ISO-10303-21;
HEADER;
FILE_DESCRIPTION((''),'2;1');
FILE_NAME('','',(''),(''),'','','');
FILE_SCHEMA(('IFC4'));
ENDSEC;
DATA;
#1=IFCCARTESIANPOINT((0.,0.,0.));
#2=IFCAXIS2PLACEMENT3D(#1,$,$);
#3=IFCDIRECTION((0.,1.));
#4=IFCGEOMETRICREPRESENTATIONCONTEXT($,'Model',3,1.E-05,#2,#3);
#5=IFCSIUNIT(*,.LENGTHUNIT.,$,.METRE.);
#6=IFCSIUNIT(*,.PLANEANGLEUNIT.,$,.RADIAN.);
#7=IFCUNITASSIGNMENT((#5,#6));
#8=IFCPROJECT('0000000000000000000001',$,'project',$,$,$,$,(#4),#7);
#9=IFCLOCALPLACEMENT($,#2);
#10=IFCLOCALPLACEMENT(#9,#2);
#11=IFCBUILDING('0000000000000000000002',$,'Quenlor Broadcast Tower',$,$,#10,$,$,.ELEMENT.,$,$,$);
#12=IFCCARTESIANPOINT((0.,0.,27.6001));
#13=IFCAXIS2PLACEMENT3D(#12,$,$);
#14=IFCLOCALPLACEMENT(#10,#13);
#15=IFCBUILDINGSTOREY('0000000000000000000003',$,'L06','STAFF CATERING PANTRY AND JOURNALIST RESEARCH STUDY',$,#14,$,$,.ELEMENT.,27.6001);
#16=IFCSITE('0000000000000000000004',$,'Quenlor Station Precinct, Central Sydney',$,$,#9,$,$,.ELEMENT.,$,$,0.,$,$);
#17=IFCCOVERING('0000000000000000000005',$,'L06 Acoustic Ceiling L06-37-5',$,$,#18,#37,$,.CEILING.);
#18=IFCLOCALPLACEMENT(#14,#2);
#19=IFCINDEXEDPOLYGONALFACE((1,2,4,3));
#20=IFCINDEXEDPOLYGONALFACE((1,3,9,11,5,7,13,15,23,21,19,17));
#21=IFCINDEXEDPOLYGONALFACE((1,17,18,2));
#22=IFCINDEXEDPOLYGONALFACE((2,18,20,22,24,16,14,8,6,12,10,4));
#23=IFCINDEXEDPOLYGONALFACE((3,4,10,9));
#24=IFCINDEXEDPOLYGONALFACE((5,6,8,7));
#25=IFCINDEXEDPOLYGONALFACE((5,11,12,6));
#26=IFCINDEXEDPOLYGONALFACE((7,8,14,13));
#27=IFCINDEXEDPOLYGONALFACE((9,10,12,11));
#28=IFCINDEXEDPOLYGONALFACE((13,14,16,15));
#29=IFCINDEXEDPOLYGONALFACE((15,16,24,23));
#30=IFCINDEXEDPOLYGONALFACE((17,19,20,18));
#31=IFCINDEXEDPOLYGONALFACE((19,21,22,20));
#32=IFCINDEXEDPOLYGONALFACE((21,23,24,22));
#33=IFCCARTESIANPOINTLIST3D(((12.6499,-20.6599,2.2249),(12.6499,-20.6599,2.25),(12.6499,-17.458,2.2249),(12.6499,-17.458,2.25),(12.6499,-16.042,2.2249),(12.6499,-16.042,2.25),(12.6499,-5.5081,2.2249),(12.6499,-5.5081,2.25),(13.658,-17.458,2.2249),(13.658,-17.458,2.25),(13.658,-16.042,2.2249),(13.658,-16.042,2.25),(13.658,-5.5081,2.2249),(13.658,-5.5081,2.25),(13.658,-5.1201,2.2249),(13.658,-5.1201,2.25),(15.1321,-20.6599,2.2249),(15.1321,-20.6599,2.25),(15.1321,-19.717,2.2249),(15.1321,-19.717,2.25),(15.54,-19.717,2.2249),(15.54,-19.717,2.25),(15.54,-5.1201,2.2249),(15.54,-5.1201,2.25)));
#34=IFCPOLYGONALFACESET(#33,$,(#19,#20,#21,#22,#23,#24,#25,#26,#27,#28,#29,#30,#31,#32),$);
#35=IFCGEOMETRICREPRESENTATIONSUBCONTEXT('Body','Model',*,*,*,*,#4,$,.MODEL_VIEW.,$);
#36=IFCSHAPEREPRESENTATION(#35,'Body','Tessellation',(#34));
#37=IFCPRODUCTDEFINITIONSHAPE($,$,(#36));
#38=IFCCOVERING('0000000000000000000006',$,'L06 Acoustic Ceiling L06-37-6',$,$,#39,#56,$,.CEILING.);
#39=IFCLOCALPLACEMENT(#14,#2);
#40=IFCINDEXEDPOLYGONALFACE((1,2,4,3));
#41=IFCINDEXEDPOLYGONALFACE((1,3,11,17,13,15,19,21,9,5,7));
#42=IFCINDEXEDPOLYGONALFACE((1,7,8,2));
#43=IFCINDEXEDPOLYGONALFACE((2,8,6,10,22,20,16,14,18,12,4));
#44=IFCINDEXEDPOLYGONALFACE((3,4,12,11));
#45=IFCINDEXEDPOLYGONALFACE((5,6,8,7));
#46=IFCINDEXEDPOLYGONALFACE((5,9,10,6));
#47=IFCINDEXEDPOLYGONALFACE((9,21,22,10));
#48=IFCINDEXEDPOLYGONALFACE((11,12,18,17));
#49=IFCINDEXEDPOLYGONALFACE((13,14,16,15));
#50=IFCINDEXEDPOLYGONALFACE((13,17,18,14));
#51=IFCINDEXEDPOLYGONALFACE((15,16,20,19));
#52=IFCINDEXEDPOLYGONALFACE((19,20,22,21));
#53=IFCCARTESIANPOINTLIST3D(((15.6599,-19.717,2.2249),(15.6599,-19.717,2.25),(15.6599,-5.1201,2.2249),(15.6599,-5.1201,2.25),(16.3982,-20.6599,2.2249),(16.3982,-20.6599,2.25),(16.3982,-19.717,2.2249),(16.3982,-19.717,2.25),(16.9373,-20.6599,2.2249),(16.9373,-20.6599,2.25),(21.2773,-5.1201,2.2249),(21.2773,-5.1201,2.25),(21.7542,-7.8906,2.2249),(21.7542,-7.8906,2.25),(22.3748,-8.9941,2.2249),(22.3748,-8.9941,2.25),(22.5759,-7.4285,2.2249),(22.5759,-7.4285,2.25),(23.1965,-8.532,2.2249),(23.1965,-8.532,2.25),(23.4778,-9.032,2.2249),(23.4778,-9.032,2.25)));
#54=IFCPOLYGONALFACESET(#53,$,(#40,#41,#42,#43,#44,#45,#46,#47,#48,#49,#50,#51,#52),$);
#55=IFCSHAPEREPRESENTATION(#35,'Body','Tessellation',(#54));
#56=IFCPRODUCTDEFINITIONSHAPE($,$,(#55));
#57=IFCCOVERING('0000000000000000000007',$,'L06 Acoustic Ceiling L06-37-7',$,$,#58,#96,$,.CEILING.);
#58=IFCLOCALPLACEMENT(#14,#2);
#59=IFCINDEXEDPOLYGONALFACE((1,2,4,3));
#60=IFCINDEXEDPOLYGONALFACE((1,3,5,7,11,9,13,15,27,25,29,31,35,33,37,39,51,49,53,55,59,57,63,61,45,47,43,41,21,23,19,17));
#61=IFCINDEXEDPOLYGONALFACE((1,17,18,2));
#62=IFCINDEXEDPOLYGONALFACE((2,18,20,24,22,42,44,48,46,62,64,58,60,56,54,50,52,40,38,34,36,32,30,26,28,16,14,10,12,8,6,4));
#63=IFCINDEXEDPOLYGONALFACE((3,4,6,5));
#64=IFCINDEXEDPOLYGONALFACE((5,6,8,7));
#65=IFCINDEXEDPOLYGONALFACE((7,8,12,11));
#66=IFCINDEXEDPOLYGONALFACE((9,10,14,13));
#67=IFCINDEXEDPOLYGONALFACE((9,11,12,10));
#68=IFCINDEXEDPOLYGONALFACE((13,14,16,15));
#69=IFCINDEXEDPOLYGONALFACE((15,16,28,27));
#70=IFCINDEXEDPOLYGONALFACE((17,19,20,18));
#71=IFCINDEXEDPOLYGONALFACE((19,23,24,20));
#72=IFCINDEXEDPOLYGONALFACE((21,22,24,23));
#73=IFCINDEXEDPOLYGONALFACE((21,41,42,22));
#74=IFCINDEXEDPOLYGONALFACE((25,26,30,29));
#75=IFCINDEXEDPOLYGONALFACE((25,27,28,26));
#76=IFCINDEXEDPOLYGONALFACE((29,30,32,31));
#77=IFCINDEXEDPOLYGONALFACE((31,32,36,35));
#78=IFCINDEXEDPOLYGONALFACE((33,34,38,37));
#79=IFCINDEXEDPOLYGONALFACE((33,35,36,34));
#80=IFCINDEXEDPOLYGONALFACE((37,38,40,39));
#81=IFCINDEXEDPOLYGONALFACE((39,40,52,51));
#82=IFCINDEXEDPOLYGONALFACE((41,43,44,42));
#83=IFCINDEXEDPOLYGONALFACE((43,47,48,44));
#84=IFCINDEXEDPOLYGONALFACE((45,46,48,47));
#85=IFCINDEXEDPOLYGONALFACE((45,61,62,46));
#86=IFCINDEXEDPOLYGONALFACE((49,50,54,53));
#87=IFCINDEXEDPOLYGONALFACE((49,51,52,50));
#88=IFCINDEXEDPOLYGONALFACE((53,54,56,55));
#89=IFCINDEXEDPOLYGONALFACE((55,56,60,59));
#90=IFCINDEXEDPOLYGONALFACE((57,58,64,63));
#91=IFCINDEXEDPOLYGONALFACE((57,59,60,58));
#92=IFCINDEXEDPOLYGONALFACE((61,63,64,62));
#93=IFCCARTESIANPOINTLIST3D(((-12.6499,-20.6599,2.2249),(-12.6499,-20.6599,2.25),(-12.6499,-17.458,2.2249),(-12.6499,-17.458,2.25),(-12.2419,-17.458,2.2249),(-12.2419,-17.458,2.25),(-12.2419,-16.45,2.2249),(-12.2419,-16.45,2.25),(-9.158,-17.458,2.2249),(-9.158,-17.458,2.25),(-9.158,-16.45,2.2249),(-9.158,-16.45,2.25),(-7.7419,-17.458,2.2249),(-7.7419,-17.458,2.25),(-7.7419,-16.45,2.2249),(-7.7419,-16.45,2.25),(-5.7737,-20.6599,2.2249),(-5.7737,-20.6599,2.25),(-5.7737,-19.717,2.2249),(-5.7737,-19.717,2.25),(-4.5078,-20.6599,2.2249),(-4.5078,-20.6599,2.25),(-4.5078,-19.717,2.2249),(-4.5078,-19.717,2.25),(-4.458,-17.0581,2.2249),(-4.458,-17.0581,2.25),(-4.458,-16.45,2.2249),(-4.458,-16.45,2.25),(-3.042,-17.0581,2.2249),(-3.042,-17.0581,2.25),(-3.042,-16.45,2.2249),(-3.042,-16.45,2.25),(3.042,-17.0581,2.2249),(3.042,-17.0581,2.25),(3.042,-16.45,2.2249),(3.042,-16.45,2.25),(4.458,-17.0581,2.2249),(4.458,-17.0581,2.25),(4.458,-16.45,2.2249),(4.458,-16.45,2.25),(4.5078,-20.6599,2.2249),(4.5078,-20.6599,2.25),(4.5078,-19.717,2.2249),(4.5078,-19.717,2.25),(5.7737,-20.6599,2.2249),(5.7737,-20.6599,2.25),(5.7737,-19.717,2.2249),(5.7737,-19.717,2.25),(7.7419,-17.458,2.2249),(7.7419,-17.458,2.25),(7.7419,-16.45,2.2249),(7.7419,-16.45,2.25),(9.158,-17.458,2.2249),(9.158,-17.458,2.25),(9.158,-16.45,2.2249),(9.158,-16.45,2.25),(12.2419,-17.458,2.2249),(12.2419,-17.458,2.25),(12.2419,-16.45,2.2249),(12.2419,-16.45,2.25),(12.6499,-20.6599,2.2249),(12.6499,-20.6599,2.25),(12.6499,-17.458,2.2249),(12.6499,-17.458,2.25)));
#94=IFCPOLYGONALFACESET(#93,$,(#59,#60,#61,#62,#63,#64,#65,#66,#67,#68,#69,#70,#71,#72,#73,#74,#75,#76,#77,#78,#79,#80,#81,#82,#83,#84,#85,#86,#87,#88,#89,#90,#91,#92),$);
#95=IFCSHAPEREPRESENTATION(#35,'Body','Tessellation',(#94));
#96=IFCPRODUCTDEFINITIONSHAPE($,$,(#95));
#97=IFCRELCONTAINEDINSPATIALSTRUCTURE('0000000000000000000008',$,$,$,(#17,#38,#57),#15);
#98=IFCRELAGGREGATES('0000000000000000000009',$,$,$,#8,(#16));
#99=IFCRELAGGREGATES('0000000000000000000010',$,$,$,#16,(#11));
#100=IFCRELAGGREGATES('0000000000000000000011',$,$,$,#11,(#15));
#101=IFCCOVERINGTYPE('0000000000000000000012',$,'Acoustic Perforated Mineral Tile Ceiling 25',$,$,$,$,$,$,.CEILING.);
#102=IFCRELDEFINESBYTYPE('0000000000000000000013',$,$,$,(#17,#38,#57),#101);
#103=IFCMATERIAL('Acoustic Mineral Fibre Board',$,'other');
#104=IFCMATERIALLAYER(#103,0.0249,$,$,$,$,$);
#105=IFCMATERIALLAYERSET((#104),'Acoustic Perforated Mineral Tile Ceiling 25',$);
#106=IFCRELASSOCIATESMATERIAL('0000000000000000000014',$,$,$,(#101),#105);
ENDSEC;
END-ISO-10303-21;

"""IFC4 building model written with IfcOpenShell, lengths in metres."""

from ifc_helpers import new_model, si_unit, direction, frame, origin, place, context, subcontext, project, spatial, polyline, outline, extrude, material, layer, layer_set, type_object, element, save


model = new_model("IFC4")

# Units and contexts
model_context = context("Model", 3, precision=1e-05, world=origin(), true_north=direction((0.0, 1.0)))
body_context = subcontext(model_context, "Body", "Model", "MODEL_VIEW")
ifc_project = project(units=[si_unit("LENGTHUNIT", "METRE"), si_unit("PLANEANGLEUNIT", "RADIAN")], contexts=[model_context])

# Site, building, storey
site_placement = place(None, origin())
site = spatial("IfcSite", under=ifc_project, at=site_placement, Name="Quenlor Station Precinct, Central Sydney", CompositionType="ELEMENT", RefElevation=0.0)
building_placement = place(site_placement, origin())
building = spatial("IfcBuilding", under=site, at=building_placement, Name="Quenlor Broadcast Tower", CompositionType="ELEMENT")
storey_placement = place(building_placement, frame((0.0, 0.0, 27.6001)))
storey = spatial("IfcBuildingStorey", under=building, at=storey_placement, Name="L06", Description="STAFF CATERING PANTRY AND JOURNALIST RESEARCH STUDY", CompositionType="ELEMENT", Elevation=27.6001)

# Coverings
ifc_material_1 = material(Name="Acoustic Mineral Fibre Board", Category="other")
ifc_layer_1 = layer(ifc_material_1, 0.0249)
ifc_layer_set_1 = layer_set([ifc_layer_1], Name="Acoustic Perforated Mineral Tile Ceiling 25")
covering_type = type_object("IfcCoveringType", Name="Acoustic Perforated Mineral Tile Ceiling 25", PredefinedType="CEILING", material=ifc_layer_set_1)
covering_1_placement = place(storey_placement, frame((0.0, 0.0, 2.2249)))
element("IfcCovering", 1, at=covering_1_placement, inside=storey, type_object=covering_type, Name="L06 Acoustic Ceiling L06-37-5", PredefinedType="CEILING", context=body_context, shape_type="SweptSolid", body=[
    extrude(outline(polyline([(13.658, -17.458), (13.658, -16.042), (12.6499, -16.042), (12.6499, -5.5081), (13.658, -5.5081), (13.658, -5.1201), (15.54, -5.1201), (15.54, -19.717), (15.1321, -19.717), (15.1321, -20.6599), (12.6499, -20.6599), (12.6499, -17.458), (13.658, -17.458)])), origin(), (0.0, 0.0, 1.0), 0.0251),
])
covering_2_placement = place(storey_placement, frame((0.0, 0.0, 2.2249)))
element("IfcCovering", 2, at=covering_2_placement, inside=storey, type_object=covering_type, Name="L06 Acoustic Ceiling L06-37-6", PredefinedType="CEILING", context=body_context, shape_type="SweptSolid", body=[
    extrude(outline(polyline([(22.5759, -7.4285), (21.7542, -7.8906), (22.3748, -8.9941), (23.1965, -8.532), (23.4778, -9.032), (16.9373, -20.6599), (16.3982, -20.6599), (16.3982, -19.717), (15.6599, -19.717), (15.6599, -5.1201), (21.2773, -5.1201), (22.5759, -7.4285)])), origin(), (0.0, 0.0, 1.0), 0.0251),
])
covering_3_placement = place(storey_placement, frame((0.0, 0.0, 2.2249)))
element("IfcCovering", 3, at=covering_3_placement, inside=storey, type_object=covering_type, Name="L06 Acoustic Ceiling L06-37-7", PredefinedType="CEILING", context=body_context, shape_type="SweptSolid", body=[
    extrude(outline(polyline([(-12.2419, -17.458), (-12.2419, -16.45), (-9.158, -16.45), (-9.158, -17.458), (-7.7419, -17.458), (-7.7419, -16.45), (-4.458, -16.45), (-4.458, -17.0581), (-3.042, -17.0581), (-3.042, -16.45), (3.042, -16.45), (3.042, -17.0581), (4.458, -17.0581), (4.458, -16.45), (7.7419, -16.45), (7.7419, -17.458), (9.158, -17.458), (9.158, -16.45), (12.2419, -16.45), (12.2419, -17.458), (12.6499, -17.458), (12.6499, -20.6599), (5.7737, -20.6599), (5.7737, -19.717), (4.5078, -19.717), (4.5078, -20.6599), (-4.5078, -20.6599), (-4.5078, -19.717), (-5.7737, -19.717), (-5.7737, -20.6599), (-12.6499, -20.6599), (-12.6499, -17.458), (-12.2419, -17.458)])), origin(), (0.0, 0.0, 1.0), 0.0251),
])

save(model, "model.ifc")
